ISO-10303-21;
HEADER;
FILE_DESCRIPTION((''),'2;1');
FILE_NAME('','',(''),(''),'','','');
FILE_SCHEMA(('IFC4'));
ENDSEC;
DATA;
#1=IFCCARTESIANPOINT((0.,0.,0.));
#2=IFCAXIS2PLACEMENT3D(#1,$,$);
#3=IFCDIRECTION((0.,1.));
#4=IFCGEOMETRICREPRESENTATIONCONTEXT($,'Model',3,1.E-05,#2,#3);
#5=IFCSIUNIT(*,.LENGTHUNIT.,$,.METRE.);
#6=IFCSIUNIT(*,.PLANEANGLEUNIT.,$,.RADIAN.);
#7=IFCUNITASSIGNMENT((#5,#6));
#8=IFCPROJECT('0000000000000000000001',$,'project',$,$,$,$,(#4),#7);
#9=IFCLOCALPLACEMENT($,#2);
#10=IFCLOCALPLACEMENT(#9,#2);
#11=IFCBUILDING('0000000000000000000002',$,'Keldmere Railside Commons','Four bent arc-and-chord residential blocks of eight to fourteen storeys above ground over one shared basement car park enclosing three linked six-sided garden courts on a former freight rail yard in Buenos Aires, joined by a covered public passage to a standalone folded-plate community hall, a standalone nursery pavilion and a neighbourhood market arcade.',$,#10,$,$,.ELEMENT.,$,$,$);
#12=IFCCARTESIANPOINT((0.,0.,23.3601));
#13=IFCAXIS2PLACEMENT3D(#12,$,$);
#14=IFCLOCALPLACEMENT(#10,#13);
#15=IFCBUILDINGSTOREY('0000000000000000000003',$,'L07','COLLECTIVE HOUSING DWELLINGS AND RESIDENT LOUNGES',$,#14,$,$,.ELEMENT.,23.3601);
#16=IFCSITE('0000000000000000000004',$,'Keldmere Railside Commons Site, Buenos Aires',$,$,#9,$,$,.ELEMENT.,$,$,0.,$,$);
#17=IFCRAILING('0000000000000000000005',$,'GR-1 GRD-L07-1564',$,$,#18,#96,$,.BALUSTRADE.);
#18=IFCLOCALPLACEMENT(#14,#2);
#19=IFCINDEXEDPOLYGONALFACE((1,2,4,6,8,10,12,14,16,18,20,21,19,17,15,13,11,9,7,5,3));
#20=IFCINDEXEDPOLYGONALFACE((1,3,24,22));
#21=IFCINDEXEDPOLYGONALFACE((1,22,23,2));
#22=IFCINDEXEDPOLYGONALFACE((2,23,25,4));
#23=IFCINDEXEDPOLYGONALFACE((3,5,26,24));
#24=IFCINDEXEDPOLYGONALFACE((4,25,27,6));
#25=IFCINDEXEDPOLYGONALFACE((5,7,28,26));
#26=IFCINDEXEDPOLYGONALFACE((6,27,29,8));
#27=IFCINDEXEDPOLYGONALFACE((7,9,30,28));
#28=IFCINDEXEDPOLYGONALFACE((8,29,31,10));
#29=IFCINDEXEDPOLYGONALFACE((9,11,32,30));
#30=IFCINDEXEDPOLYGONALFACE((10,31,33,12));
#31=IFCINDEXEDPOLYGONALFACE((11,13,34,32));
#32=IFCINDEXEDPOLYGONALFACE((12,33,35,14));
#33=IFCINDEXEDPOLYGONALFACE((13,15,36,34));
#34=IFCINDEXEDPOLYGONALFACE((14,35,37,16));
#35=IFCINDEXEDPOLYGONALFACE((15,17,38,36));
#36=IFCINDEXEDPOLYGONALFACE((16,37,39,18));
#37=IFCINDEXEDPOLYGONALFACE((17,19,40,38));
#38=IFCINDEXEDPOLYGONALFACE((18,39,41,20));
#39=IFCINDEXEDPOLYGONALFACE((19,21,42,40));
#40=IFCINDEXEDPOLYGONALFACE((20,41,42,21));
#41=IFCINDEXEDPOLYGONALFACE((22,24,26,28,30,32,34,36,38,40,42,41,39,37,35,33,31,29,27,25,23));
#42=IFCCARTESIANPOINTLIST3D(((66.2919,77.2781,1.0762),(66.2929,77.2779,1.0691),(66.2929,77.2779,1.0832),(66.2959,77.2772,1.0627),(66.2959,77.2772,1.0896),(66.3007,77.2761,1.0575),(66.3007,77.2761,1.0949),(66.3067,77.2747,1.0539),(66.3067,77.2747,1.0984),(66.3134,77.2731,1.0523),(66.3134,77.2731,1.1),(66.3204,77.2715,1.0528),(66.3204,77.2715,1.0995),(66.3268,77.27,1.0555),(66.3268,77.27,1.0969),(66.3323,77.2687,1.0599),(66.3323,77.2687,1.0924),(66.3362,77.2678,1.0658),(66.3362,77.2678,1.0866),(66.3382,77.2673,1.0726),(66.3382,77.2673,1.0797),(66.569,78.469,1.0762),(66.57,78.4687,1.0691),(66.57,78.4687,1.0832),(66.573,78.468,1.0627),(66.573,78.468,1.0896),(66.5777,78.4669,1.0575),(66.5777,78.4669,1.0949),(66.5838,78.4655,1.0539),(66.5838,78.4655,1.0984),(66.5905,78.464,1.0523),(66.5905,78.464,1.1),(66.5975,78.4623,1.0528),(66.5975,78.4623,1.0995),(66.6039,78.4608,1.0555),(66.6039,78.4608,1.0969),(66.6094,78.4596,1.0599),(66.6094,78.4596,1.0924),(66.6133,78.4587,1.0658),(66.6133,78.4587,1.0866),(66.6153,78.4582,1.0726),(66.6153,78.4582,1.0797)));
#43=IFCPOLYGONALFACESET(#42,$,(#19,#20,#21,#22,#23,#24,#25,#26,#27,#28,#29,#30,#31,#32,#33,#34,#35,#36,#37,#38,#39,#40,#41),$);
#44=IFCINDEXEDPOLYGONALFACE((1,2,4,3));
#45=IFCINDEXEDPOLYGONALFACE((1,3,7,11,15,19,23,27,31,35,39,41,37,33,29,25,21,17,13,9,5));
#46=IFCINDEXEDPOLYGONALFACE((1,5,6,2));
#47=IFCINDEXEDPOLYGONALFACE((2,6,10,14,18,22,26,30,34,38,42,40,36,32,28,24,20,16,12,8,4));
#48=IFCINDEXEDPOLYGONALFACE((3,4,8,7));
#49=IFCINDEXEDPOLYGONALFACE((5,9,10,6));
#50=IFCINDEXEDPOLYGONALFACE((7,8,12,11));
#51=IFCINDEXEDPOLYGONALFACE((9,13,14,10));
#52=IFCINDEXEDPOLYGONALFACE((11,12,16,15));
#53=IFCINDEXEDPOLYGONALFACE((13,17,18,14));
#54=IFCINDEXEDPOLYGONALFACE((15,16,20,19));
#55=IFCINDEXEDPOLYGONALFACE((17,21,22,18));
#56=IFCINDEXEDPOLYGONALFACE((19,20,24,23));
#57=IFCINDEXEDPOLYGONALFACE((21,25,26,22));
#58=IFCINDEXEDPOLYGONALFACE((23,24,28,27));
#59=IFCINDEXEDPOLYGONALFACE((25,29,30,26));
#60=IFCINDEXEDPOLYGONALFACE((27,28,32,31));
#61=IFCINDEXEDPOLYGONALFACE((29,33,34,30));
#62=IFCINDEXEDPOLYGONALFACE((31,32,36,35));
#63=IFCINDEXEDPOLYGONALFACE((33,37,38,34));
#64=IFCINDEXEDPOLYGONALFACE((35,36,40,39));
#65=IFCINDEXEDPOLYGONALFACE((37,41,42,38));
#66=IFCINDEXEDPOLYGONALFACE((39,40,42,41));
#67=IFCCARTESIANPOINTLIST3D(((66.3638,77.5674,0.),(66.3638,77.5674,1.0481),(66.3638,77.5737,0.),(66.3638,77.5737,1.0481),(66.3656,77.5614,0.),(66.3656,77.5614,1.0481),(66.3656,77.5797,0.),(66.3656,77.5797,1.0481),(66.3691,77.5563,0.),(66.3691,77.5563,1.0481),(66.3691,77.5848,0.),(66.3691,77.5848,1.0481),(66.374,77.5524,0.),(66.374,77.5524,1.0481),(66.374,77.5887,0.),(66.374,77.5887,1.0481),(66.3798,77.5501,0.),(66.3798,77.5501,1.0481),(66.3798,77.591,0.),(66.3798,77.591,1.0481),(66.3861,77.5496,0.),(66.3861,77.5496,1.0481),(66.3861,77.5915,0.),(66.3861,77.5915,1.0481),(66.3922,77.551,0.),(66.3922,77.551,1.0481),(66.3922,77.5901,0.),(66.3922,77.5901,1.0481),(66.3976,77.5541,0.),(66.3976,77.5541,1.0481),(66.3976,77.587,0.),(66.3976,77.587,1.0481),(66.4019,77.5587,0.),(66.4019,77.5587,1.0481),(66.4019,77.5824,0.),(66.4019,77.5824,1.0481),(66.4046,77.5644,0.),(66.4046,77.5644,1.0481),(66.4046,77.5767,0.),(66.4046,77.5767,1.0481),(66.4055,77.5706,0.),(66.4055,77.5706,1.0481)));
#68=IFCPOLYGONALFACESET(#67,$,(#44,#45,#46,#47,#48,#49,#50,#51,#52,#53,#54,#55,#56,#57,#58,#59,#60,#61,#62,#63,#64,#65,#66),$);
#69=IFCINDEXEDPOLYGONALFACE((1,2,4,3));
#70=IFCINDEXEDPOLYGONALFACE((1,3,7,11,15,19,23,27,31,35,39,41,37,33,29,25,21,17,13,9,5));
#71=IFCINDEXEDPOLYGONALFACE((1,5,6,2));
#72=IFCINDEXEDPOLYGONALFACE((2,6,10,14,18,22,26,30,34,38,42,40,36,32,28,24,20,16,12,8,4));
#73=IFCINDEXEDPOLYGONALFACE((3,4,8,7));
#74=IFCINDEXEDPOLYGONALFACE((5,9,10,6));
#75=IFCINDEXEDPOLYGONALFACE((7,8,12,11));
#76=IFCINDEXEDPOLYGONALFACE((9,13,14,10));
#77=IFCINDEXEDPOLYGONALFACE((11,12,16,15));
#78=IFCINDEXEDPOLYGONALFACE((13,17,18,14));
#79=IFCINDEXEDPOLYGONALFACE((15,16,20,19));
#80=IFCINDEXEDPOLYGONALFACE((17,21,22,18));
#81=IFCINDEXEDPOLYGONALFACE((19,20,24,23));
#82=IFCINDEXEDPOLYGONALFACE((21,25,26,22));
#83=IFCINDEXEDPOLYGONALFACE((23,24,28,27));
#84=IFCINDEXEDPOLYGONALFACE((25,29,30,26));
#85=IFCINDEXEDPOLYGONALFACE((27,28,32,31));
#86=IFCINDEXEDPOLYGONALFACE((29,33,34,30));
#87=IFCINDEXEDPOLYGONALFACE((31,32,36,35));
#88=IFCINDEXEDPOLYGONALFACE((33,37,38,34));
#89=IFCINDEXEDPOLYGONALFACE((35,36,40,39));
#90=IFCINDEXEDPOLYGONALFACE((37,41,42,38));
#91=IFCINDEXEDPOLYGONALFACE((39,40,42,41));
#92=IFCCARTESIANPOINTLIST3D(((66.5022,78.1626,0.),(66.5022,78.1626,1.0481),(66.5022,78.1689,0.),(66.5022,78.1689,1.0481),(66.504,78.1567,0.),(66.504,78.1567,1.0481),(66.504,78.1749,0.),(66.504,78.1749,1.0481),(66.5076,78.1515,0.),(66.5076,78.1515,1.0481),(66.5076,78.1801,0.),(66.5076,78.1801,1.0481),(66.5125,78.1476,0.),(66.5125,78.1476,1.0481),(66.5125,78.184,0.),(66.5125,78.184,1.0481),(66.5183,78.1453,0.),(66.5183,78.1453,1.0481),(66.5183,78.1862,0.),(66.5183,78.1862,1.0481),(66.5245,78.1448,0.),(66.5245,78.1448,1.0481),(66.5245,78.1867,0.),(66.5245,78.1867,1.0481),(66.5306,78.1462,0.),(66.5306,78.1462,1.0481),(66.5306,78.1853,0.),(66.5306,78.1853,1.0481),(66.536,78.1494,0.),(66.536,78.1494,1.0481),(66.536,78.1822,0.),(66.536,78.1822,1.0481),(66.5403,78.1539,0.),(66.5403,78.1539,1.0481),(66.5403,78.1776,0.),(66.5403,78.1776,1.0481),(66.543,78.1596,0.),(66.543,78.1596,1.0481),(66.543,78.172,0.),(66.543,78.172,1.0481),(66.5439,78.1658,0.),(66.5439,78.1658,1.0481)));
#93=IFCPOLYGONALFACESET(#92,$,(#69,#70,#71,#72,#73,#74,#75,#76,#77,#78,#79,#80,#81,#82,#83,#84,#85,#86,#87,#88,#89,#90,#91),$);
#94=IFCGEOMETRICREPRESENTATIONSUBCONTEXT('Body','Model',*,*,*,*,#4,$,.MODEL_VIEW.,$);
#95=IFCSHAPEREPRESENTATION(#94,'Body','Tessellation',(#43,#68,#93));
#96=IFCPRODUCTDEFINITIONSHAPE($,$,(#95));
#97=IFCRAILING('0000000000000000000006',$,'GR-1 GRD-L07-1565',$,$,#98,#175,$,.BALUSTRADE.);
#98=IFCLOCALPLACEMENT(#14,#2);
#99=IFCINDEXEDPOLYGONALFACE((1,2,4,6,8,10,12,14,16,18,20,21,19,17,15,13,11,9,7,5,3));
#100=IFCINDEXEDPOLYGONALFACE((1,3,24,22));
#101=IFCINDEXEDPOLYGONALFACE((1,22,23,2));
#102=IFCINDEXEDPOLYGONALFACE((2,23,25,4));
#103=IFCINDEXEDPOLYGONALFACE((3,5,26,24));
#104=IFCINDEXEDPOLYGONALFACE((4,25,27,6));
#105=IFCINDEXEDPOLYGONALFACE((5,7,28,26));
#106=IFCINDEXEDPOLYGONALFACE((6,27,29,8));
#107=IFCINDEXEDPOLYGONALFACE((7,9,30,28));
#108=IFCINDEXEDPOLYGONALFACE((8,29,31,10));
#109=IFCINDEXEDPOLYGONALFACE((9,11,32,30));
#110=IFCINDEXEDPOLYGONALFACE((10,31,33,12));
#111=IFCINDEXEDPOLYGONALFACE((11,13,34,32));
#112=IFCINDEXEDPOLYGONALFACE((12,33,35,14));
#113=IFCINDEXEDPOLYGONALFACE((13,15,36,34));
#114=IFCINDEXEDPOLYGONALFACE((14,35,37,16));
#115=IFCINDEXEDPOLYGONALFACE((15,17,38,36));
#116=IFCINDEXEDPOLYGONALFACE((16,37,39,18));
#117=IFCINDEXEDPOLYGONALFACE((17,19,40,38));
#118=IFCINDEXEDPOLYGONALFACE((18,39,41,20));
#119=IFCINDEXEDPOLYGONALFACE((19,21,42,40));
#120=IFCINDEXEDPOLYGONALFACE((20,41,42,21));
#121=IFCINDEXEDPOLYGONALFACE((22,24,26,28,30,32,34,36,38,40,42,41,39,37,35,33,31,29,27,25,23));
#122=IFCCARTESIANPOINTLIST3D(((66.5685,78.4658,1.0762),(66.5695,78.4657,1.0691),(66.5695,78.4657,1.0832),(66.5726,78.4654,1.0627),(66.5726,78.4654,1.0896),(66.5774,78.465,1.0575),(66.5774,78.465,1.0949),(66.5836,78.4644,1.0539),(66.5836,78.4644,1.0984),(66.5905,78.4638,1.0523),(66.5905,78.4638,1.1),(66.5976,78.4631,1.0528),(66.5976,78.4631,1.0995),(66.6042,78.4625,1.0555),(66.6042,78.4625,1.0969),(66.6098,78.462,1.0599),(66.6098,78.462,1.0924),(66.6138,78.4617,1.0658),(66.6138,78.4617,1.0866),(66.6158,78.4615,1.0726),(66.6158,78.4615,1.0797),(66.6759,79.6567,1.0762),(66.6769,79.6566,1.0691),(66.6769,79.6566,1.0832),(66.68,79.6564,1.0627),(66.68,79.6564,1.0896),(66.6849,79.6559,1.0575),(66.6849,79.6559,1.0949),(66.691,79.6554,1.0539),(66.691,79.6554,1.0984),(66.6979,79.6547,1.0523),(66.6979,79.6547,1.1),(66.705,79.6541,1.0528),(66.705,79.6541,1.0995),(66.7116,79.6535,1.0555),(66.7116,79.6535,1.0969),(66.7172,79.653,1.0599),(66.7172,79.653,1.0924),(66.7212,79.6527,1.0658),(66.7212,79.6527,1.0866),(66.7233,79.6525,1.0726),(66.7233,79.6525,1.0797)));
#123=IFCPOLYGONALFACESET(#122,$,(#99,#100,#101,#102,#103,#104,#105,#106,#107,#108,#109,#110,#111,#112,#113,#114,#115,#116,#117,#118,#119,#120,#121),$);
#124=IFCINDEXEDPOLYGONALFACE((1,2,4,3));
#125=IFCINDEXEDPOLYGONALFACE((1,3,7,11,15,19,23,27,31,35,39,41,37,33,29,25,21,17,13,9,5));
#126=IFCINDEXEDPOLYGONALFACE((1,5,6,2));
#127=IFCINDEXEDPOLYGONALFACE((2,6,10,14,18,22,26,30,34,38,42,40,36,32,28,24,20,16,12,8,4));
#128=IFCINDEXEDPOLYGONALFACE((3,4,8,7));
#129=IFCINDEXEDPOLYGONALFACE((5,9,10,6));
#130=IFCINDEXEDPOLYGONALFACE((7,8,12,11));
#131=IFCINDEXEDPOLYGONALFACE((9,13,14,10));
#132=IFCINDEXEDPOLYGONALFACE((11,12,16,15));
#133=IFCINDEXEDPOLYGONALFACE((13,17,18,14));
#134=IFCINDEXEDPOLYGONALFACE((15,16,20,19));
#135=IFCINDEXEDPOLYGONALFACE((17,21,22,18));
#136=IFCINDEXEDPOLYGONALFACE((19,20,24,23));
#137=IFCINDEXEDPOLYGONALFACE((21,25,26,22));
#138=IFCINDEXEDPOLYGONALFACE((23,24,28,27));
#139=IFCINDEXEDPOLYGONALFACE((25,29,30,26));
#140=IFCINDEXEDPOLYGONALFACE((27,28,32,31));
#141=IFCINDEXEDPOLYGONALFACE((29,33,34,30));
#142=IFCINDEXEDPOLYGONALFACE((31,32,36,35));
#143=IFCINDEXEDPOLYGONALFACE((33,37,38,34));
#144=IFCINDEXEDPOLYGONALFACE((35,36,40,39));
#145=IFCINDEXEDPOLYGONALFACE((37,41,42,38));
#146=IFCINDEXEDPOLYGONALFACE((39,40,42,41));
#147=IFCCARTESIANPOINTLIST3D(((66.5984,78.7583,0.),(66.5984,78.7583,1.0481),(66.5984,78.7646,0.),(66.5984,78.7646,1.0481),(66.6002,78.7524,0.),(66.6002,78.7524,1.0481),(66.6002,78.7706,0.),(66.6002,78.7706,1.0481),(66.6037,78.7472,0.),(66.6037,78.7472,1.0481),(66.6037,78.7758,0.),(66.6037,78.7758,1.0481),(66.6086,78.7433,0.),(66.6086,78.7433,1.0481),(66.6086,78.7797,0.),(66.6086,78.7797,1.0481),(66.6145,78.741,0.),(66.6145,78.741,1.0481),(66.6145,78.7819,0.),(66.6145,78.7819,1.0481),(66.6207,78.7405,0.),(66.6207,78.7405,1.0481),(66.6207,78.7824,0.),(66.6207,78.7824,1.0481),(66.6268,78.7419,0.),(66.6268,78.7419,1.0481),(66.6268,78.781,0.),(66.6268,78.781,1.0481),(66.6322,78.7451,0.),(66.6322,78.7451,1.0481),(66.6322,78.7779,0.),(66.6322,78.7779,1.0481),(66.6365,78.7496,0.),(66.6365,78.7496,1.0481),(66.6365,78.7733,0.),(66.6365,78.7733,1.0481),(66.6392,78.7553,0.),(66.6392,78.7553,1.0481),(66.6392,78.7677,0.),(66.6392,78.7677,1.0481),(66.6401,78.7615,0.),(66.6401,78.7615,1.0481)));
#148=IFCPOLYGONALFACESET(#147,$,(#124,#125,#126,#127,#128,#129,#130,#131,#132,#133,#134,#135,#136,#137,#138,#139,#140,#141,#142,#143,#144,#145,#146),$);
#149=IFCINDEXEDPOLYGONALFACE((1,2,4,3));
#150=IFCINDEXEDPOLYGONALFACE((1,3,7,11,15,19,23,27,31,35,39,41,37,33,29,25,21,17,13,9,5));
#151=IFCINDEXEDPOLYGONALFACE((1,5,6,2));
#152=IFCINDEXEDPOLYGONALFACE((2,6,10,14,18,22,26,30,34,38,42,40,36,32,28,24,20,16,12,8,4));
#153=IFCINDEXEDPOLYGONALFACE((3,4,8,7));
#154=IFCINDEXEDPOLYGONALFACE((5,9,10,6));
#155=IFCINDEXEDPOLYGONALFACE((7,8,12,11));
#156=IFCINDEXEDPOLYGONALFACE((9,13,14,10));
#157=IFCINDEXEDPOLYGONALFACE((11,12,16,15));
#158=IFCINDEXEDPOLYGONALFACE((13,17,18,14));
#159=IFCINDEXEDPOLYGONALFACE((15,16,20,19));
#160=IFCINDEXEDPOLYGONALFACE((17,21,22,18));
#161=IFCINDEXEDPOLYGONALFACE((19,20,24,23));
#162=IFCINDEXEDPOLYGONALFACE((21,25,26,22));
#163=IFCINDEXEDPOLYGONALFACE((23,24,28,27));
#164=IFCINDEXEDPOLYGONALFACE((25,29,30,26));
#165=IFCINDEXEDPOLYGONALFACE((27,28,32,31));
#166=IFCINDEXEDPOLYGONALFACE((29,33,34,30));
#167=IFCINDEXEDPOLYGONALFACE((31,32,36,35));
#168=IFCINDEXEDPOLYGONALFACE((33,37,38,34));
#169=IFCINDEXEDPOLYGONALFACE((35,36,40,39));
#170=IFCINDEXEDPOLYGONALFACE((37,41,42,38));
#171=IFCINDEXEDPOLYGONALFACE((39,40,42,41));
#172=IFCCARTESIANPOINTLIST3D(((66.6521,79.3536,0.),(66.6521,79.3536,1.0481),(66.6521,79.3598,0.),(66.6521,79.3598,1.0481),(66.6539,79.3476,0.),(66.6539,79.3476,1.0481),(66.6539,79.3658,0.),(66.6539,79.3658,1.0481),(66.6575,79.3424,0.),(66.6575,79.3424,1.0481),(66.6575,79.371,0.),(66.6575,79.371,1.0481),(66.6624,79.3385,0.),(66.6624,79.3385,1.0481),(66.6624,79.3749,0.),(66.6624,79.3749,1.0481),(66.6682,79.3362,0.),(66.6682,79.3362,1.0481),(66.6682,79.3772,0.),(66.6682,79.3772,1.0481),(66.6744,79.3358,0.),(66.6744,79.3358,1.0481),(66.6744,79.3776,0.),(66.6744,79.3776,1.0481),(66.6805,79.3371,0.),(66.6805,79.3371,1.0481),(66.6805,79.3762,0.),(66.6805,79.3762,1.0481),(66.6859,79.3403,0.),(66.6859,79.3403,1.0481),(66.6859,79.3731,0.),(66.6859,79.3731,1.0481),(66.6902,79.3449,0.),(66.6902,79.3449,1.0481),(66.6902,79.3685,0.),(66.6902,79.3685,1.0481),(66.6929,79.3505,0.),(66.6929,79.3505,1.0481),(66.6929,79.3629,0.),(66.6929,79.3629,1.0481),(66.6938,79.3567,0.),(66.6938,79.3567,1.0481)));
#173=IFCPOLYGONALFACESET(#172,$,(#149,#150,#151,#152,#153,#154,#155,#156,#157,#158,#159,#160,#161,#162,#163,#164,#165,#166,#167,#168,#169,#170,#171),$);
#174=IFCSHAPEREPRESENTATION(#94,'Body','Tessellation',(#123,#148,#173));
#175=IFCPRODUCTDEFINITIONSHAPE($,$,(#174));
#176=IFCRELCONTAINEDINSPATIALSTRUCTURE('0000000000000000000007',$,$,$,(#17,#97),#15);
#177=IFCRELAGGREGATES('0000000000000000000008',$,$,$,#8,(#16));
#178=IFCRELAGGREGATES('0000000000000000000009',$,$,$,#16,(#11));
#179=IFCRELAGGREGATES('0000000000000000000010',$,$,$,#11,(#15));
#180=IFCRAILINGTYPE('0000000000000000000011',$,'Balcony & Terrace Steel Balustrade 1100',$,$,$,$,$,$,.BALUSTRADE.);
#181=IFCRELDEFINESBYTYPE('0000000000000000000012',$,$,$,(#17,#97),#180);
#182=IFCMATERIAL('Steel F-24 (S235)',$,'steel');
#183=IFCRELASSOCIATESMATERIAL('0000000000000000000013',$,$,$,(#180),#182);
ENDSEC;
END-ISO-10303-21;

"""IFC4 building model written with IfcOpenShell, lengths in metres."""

from ifc_helpers import new_model, si_unit, direction, frame, origin, origin_2d, place, context, subcontext, project, spatial, circle, extrude, material, type_object, element, save


model = new_model("IFC4")

# Units and contexts
model_context = context("Model", 3, precision=1e-05, world=origin(), true_north=direction((0.0, 1.0)))
body_context = subcontext(model_context, "Body", "Model", "MODEL_VIEW")
ifc_project = project(units=[si_unit("LENGTHUNIT", "METRE"), si_unit("PLANEANGLEUNIT", "RADIAN")], contexts=[model_context])

# Site, building, storey
site_placement = place(None, origin())
site = spatial("IfcSite", under=ifc_project, at=site_placement, Name="Keldmere Railside Commons Site, Buenos Aires", CompositionType="ELEMENT", RefElevation=0.0)
building_placement = place(site_placement, origin())
building = spatial("IfcBuilding", under=site, at=building_placement, Name="Keldmere Railside Commons", Description="Four bent arc-and-chord residential blocks of eight to fourteen storeys above ground over one shared basement car park enclosing three linked six-sided garden courts on a former freight rail yard in Buenos Aires, joined by a covered public passage to a standalone folded-plate community hall, a standalone nursery pavilion and a neighbourhood market arcade.", CompositionType="ELEMENT")
storey_placement = place(building_placement, frame((0.0, 0.0, 23.3601)))
storey = spatial("IfcBuildingStorey", under=building, at=storey_placement, Name="L07", Description="COLLECTIVE HOUSING DWELLINGS AND RESIDENT LOUNGES", CompositionType="ELEMENT", Elevation=23.3601)

# Railings
ifc_material_1 = material(Name="Steel F-24 (S235)", Category="steel")
railing_type = type_object("IfcRailingType", Name="Balcony & Terrace Steel Balustrade 1100", PredefinedType="BALUSTRADE", material=ifc_material_1)
railing_1_placement = place(storey_placement, frame((66.3152, 77.2727, 0.0)))
element("IfcRailing", 1, at=railing_1_placement, inside=storey, type_object=railing_type, Name="GR-1 GRD-L07-1564", PredefinedType="BALUSTRADE", context=body_context, shape_type="SweptSolid", body=[
    extrude(circle(Radius=0.0239, at=origin_2d()), frame((0.0, 0.0, 1.0762), z_axis=(0.226624, 0.973982, 0.0), x_axis=(-0.973982, 0.226624, 0.0)), (0.0, 0.0, 1.0), 1.2227),
    extrude(circle(Radius=0.021, at=origin_2d()), frame((0.0693, 0.2979, 0.0)), (0.0, 0.0, 1.0), 1.0481),
    extrude(circle(Radius=0.021, at=origin_2d()), frame((0.2078, 0.8931, 0.0)), (0.0, 0.0, 1.0), 1.0481),
])
railing_2_placement = place(storey_placement, frame((66.5923, 78.4636, 0.0)))
element("IfcRailing", 2, at=railing_2_placement, inside=storey, type_object=railing_type, Name="GR-1 GRD-L07-1565", PredefinedType="BALUSTRADE", context=body_context, shape_type="SweptSolid", body=[
    extrude(circle(Radius=0.0239, at=origin_2d()), frame((0.0, 0.0, 1.0762), z_axis=(0.089836, 0.995957, 0.0), x_axis=(-0.995957, 0.089836, 0.0)), (0.0, 0.0, 1.0), 1.1958),
    extrude(circle(Radius=0.021, at=origin_2d()), frame((0.0269, 0.2979, 0.0)), (0.0, 0.0, 1.0), 1.0481),
    extrude(circle(Radius=0.021, at=origin_2d()), frame((0.0806, 0.8931, 0.0)), (0.0, 0.0, 1.0), 1.0481),
])

save(model, "model.ifc")
